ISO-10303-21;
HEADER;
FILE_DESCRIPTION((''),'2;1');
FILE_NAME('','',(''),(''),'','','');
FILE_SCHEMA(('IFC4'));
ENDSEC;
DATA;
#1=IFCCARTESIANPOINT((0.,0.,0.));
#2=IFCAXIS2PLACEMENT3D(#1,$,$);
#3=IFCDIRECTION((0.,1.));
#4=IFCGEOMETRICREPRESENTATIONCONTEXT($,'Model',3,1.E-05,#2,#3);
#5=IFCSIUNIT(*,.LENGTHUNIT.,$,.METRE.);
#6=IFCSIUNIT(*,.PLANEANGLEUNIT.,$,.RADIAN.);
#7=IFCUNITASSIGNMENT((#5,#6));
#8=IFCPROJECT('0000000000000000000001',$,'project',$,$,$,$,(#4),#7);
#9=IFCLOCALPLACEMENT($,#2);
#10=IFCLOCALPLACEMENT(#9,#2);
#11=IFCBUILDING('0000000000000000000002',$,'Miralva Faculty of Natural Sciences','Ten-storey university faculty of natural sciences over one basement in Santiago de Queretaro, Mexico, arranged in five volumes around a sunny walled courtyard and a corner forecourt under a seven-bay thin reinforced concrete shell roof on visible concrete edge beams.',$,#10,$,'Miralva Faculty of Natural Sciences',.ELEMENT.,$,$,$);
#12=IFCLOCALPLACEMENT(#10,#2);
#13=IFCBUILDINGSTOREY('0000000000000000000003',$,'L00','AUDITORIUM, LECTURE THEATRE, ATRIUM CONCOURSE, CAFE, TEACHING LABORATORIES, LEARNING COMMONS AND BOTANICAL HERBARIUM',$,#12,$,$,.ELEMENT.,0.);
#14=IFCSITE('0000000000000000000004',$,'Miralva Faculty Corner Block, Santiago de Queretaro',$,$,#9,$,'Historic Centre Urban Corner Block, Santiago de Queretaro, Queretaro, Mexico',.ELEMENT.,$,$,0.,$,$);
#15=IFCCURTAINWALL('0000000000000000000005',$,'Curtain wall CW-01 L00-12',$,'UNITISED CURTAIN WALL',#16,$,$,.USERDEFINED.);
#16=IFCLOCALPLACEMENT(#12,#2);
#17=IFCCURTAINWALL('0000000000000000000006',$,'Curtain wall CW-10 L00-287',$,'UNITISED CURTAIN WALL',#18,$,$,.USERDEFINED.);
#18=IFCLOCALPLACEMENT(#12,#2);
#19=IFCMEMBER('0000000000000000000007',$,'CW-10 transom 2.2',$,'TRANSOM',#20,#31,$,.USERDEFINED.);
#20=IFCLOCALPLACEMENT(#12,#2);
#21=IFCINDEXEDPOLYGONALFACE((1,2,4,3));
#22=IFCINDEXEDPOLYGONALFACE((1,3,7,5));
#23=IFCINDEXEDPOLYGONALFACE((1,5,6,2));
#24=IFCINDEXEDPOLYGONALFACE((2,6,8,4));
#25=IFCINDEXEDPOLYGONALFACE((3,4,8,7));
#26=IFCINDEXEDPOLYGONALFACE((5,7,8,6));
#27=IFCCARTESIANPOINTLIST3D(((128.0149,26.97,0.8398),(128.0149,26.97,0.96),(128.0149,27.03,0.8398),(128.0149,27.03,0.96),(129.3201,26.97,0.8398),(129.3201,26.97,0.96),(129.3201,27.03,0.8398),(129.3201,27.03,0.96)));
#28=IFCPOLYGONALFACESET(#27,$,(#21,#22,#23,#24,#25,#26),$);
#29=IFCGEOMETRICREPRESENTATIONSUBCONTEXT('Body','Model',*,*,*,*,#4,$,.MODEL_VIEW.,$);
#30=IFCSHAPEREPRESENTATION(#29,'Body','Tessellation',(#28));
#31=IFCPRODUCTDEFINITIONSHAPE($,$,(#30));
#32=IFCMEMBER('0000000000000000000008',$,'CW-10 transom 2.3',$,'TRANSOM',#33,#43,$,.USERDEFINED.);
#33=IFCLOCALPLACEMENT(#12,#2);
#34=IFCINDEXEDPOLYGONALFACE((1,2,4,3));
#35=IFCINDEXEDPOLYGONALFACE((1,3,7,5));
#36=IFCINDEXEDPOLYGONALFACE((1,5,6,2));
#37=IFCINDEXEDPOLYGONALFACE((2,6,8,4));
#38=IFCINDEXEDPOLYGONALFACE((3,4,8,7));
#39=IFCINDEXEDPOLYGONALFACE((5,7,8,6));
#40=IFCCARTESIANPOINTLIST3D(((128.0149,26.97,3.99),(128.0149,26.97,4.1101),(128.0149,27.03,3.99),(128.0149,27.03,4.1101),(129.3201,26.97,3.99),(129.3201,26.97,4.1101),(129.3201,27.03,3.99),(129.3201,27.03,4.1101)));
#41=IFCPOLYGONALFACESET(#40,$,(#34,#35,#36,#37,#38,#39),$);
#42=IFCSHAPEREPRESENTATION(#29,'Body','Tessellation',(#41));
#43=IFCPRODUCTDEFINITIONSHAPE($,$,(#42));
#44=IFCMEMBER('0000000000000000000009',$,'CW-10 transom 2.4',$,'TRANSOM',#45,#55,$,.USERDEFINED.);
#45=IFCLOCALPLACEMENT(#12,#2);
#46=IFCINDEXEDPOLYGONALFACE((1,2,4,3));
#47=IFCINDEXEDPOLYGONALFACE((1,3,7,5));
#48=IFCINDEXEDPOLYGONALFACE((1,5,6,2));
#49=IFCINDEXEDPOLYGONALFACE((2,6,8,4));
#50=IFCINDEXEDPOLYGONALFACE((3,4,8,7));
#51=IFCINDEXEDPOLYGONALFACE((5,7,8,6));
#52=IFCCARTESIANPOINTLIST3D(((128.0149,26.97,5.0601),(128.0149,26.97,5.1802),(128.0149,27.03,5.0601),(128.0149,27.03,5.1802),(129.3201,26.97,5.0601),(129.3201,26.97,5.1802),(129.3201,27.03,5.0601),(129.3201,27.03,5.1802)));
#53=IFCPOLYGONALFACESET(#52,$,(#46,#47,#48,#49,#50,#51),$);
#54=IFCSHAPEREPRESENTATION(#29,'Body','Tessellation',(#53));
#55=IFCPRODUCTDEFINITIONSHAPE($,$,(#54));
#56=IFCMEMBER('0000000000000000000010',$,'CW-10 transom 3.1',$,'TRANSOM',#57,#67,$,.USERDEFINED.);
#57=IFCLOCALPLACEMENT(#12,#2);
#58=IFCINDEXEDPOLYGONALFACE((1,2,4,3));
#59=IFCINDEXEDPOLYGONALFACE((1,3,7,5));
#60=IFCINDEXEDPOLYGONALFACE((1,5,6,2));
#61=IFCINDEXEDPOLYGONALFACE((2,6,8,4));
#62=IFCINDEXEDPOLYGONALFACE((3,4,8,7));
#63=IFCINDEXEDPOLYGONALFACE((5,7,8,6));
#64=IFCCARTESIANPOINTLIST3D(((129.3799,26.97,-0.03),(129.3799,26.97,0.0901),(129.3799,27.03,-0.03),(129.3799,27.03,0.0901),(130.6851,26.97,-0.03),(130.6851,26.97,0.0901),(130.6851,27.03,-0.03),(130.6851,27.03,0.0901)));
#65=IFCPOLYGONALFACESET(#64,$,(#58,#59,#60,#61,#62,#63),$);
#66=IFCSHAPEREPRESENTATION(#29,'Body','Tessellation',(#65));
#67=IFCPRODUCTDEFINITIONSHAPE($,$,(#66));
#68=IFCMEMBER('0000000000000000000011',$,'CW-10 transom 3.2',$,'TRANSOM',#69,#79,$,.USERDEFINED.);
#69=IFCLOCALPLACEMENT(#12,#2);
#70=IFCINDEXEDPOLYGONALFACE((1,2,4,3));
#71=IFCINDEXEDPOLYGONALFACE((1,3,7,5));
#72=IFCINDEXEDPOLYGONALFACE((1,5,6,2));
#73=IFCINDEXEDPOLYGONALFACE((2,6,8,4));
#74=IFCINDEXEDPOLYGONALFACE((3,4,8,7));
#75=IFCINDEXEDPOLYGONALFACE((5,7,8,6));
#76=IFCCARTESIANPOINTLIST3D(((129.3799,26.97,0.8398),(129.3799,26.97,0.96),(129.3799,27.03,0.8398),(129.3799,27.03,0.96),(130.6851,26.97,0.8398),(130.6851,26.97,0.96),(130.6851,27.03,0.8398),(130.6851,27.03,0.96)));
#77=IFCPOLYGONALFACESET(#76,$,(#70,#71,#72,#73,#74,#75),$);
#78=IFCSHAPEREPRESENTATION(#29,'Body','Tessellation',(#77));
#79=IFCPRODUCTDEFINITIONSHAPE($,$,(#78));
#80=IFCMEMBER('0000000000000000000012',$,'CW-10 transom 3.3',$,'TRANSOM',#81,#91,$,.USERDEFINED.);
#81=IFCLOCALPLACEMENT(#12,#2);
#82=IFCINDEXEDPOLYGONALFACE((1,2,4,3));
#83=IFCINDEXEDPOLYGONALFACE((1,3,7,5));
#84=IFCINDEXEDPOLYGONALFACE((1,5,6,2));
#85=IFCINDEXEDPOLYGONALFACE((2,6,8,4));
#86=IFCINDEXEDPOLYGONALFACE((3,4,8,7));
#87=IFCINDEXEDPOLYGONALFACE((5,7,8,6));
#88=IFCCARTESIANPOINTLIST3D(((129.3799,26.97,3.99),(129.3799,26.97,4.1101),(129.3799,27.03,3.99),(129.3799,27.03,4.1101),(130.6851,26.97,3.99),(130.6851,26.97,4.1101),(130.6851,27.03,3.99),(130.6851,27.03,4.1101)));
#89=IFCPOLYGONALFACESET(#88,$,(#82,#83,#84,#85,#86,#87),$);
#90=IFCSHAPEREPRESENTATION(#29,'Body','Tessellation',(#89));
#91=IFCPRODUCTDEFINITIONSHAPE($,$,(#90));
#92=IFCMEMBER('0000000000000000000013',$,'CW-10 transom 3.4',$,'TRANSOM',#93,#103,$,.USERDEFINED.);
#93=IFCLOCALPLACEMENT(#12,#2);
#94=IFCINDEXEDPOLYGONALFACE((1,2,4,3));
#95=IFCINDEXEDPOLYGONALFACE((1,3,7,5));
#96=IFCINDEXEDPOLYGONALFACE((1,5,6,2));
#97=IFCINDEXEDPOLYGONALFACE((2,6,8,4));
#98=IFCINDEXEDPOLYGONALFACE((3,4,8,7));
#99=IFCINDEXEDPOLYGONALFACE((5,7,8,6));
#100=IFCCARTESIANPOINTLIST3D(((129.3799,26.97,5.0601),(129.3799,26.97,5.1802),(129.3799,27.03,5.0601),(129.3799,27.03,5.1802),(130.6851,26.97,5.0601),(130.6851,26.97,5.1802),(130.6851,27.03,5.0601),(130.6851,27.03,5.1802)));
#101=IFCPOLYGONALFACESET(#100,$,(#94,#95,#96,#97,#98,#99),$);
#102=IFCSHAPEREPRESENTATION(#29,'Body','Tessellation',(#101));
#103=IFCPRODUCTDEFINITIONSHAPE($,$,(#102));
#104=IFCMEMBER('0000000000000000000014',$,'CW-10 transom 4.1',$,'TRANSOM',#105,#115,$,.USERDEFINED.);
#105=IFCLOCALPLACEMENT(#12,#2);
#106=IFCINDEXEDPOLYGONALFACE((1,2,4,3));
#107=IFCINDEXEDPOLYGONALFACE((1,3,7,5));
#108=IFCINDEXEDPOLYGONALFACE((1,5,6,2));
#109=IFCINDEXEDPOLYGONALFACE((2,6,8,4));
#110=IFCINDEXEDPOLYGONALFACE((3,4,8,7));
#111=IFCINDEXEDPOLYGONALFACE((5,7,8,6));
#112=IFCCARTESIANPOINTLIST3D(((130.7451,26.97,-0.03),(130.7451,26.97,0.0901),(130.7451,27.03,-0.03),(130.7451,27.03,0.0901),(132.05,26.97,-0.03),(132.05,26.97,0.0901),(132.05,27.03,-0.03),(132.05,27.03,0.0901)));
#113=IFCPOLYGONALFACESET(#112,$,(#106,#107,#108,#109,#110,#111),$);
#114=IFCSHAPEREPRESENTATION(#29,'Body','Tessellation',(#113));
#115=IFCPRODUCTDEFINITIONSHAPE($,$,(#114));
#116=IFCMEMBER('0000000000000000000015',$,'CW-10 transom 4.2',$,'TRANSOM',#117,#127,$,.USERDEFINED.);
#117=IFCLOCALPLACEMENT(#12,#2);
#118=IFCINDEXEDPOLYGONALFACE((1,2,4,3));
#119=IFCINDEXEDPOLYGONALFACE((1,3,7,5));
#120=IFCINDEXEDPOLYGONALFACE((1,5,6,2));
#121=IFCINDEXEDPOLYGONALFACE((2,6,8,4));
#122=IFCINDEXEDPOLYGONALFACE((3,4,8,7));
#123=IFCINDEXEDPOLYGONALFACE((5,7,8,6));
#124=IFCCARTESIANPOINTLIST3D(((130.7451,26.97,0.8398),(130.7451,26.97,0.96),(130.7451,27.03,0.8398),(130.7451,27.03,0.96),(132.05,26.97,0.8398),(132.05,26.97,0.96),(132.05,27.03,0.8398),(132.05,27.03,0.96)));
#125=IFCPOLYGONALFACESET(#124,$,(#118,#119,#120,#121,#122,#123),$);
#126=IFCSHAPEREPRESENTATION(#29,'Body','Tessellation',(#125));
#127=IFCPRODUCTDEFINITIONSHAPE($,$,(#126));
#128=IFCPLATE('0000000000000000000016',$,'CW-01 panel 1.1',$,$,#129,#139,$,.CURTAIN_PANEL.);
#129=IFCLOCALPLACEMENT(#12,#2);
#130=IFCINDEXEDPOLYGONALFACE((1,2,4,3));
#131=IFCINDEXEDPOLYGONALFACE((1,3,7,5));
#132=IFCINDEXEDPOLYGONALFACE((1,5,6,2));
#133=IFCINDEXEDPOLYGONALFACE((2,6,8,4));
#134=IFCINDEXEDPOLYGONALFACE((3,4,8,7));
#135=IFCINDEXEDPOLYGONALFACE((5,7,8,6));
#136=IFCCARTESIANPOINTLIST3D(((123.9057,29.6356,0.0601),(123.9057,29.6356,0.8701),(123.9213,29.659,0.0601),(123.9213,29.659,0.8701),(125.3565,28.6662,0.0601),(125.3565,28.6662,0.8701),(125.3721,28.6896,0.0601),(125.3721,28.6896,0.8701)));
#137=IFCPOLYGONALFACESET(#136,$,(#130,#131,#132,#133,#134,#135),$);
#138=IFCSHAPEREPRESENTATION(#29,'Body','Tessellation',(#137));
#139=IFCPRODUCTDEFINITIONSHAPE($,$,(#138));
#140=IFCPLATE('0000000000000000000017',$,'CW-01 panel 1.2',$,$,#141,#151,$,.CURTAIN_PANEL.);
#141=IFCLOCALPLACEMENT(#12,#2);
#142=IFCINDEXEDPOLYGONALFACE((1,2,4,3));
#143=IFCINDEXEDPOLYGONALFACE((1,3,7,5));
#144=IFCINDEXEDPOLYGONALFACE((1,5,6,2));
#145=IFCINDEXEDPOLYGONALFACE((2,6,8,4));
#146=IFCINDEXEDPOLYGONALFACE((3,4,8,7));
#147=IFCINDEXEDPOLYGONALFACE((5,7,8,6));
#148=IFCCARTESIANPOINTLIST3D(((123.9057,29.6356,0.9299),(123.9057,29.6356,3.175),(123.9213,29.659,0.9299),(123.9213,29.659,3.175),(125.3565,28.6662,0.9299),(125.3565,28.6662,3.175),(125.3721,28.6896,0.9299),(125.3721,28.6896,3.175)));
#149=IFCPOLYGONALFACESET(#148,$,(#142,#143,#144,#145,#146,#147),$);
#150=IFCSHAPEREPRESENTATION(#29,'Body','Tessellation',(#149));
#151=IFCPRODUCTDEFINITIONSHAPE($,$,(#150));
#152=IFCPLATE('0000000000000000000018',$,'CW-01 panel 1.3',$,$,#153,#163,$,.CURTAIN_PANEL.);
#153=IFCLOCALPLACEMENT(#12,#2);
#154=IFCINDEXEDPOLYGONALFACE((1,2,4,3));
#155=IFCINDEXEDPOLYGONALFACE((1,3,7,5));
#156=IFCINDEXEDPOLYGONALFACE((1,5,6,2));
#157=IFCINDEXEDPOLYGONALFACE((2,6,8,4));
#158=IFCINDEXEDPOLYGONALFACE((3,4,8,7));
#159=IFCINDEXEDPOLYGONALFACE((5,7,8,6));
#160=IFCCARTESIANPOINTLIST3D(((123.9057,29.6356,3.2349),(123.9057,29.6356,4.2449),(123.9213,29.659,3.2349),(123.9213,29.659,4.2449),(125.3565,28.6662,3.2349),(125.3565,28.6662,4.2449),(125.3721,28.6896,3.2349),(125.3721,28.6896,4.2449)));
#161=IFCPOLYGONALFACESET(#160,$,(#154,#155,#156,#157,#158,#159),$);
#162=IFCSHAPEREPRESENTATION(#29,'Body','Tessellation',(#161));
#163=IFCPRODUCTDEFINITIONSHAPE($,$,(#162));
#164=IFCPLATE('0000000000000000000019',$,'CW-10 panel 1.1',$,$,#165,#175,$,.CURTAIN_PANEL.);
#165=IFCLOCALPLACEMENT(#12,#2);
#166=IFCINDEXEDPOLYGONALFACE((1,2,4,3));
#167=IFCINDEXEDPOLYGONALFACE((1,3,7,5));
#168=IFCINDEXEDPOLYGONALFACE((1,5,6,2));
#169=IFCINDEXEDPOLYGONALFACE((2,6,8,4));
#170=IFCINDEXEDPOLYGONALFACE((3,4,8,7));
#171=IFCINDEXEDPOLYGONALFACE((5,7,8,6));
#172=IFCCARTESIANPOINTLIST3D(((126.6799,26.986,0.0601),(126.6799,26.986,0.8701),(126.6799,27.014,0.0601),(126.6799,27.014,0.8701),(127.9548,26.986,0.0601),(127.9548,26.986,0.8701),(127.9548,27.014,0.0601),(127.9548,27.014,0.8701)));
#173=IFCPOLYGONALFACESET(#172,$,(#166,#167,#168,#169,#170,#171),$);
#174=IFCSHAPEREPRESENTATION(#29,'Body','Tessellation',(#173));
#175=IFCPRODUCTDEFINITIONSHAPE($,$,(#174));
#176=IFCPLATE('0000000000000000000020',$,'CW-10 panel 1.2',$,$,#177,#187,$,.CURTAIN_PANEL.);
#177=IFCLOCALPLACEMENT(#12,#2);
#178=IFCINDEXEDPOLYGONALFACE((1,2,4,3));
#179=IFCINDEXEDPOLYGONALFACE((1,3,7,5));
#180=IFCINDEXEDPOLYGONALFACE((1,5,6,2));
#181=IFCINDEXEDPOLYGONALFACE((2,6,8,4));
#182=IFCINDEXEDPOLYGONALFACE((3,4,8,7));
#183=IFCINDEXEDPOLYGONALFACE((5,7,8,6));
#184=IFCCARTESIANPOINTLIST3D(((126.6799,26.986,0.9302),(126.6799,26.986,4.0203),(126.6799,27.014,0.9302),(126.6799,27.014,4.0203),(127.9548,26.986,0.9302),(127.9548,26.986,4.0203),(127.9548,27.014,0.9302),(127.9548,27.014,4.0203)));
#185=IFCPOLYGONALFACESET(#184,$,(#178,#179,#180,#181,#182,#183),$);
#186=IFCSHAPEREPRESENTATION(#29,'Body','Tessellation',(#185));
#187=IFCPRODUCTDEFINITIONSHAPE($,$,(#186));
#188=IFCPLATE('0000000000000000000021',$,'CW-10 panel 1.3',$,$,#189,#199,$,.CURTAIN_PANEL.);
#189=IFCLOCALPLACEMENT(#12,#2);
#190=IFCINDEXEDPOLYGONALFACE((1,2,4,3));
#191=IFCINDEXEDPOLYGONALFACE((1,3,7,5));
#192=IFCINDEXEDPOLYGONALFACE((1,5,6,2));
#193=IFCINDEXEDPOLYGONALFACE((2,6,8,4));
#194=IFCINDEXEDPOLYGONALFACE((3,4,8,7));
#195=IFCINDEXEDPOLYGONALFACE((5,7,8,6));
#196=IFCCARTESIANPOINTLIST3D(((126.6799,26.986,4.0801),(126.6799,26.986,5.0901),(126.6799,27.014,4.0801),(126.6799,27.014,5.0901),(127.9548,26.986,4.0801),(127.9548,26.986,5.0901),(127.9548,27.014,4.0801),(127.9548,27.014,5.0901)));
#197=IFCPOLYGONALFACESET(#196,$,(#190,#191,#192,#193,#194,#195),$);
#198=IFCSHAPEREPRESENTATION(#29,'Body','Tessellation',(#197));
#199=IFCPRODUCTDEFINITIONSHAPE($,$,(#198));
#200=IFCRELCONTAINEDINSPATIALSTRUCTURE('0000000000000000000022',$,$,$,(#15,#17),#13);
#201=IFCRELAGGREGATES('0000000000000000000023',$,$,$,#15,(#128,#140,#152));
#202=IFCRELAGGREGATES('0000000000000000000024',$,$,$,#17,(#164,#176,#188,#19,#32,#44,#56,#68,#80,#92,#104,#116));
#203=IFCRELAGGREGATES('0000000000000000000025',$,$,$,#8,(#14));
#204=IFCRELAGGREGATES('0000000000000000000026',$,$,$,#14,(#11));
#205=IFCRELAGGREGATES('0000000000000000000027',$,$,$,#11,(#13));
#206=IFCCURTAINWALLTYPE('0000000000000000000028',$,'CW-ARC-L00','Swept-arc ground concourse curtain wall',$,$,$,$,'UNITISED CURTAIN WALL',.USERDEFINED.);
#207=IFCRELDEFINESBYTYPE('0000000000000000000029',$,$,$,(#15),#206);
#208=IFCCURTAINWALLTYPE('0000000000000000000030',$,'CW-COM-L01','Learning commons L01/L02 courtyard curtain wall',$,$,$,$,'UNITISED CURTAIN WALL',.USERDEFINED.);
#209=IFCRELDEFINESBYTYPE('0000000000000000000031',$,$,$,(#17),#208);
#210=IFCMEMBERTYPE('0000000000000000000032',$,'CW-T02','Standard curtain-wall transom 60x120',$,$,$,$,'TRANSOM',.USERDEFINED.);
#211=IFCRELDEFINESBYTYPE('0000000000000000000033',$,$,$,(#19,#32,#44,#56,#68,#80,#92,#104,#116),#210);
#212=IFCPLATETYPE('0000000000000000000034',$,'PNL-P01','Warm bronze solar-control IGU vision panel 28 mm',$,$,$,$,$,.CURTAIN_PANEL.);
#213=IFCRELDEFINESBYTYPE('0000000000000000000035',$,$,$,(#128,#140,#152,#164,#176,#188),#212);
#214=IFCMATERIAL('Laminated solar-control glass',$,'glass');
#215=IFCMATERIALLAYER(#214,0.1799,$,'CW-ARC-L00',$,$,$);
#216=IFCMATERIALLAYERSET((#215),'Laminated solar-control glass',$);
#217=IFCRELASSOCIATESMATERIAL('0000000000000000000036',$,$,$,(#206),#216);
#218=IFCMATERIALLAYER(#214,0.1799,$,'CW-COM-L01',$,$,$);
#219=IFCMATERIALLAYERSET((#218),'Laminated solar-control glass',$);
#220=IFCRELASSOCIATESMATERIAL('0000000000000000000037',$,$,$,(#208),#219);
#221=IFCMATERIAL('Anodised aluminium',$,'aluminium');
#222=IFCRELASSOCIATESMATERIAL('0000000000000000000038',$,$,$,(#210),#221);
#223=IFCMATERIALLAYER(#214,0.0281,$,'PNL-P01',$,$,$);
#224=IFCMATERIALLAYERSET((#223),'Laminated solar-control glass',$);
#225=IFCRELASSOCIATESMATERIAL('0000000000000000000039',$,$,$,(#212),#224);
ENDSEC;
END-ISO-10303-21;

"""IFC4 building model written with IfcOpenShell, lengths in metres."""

from ifc_helpers import new_model, si_unit, direction, frame, origin, origin_2d, place, context, subcontext, project, spatial, rectangle, extrude, material, layer, layer_set, material_profile, profile_set, type_object, element, aggregate, save


model = new_model("IFC4")

# Units and contexts
model_context = context("Model", 3, precision=1e-05, world=origin(), true_north=direction((0.0, 1.0)))
body_context = subcontext(model_context, "Body", "Model", "MODEL_VIEW")
ifc_project = project(units=[si_unit("LENGTHUNIT", "METRE"), si_unit("PLANEANGLEUNIT", "RADIAN")], contexts=[model_context])

# Site, building, storey
site_placement = place(None, origin())
site = spatial("IfcSite", under=ifc_project, at=site_placement, Name="Miralva Faculty Corner Block, Santiago de Queretaro", LongName="Historic Centre Urban Corner Block, Santiago de Queretaro, Queretaro, Mexico", CompositionType="ELEMENT", RefElevation=0.0)
building_placement = place(site_placement, origin())
building = spatial("IfcBuilding", under=site, at=building_placement, Name="Miralva Faculty of Natural Sciences", Description="Ten-storey university faculty of natural sciences over one basement in Santiago de Queretaro, Mexico, arranged in five volumes around a sunny walled courtyard and a corner forecourt under a seven-bay thin reinforced concrete shell roof on visible concrete edge beams.", LongName="Miralva Faculty of Natural Sciences", CompositionType="ELEMENT")
storey_placement = place(building_placement, origin())
storey = spatial("IfcBuildingStorey", under=building, at=storey_placement, Name="L00", Description="AUDITORIUM, LECTURE THEATRE, ATRIUM CONCOURSE, CAFE, TEACHING LABORATORIES, LEARNING COMMONS AND BOTANICAL HERBARIUM", CompositionType="ELEMENT", Elevation=0.0)

# Curtain wall
ifc_material_1 = material(Name="Laminated solar-control glass", Category="glass")
ifc_layer_1 = layer(ifc_material_1, 0.1799, Name="CW-ARC-L00")
ifc_layer_set_1 = layer_set([ifc_layer_1], Name="Laminated solar-control glass")
curtain_wall_type_1 = type_object("IfcCurtainWallType", Name="CW-ARC-L00", Description="Swept-arc ground concourse curtain wall", ElementType="UNITISED CURTAIN WALL", PredefinedType="USERDEFINED", material=ifc_layer_set_1)
curtain_wall_1_placement = place(storey_placement, origin())
curtain_wall_1 = element("IfcCurtainWall", 1, at=curtain_wall_1_placement, inside=storey, type_object=curtain_wall_type_1, Name="Curtain wall CW-01 L00-12", ObjectType="UNITISED CURTAIN WALL", PredefinedType="USERDEFINED")
ifc_material_2 = material(Name="Anodised aluminium", Category="aluminium")

# Curtain wall, members
ifc_layer_2 = layer(ifc_material_1, 0.1799, Name="CW-COM-L01")
ifc_layer_set_2 = layer_set([ifc_layer_2], Name="Laminated solar-control glass")
curtain_wall_type_2 = type_object("IfcCurtainWallType", Name="CW-COM-L01", Description="Learning commons L01/L02 courtyard curtain wall", ElementType="UNITISED CURTAIN WALL", PredefinedType="USERDEFINED", material=ifc_layer_set_2)
curtain_wall_2_placement = place(storey_placement, origin())
curtain_wall_2 = element("IfcCurtainWall", 2, at=curtain_wall_2_placement, inside=storey, type_object=curtain_wall_type_2, Name="Curtain wall CW-10 L00-287", ObjectType="UNITISED CURTAIN WALL", PredefinedType="USERDEFINED")
ifc_material_profile_1 = material_profile(ifc_material_2, rectangle(XDim=0.0601, YDim=0.1201, at=origin_2d()), Name="TRANSOM 60x120")
ifc_profile_set_1 = profile_set([ifc_material_profile_1], Name="Anodised aluminium")
member_type_1 = type_object("IfcMemberType", Name="CW-T02", Description="Standard curtain-wall transom 60x120", ElementType="TRANSOM", PredefinedType="USERDEFINED", material=ifc_profile_set_1)
member_1_placement = place(storey_placement, frame((128.0149, 27.0, 0.8999), z_axis=(1.0, 0.0, 0.0), x_axis=(0.0, 1.0, 0.0)))
member_1 = element("IfcMember", 3, at=member_1_placement, type_object=member_type_1, Name="CW-10 transom 2.2", ObjectType="TRANSOM", PredefinedType="USERDEFINED", context=body_context, shape_type="SweptSolid", body=[
    extrude(rectangle(XDim=0.0601, YDim=0.1201, at=origin_2d()), origin(), (0.0, 0.0, 1.0), 1.3052),
])
member_2_placement = place(storey_placement, frame((128.0149, 27.0, 4.05), z_axis=(1.0, 0.0, 0.0), x_axis=(0.0, 1.0, 0.0)))
member_2 = element("IfcMember", 4, at=member_2_placement, type_object=member_type_1, Name="CW-10 transom 2.3", ObjectType="TRANSOM", PredefinedType="USERDEFINED", context=body_context, shape_type="SweptSolid", body=[
    extrude(rectangle(XDim=0.0601, YDim=0.1201, at=origin_2d()), origin(), (0.0, 0.0, 1.0), 1.3052),
])
member_3_placement = place(storey_placement, frame((128.0149, 27.0, 5.1201), z_axis=(1.0, 0.0, 0.0), x_axis=(0.0, 1.0, 0.0)))
member_3 = element("IfcMember", 5, at=member_3_placement, type_object=member_type_1, Name="CW-10 transom 2.4", ObjectType="TRANSOM", PredefinedType="USERDEFINED", context=body_context, shape_type="SweptSolid", body=[
    extrude(rectangle(XDim=0.0601, YDim=0.1201, at=origin_2d()), origin(), (0.0, 0.0, 1.0), 1.3052),
])
member_4_placement = place(storey_placement, frame((129.3799, 27.0, 0.03), z_axis=(1.0, 0.0, 0.0), x_axis=(0.0, 1.0, 0.0)))
member_4 = element("IfcMember", 6, at=member_4_placement, type_object=member_type_1, Name="CW-10 transom 3.1", ObjectType="TRANSOM", PredefinedType="USERDEFINED", context=body_context, shape_type="SweptSolid", body=[
    extrude(rectangle(XDim=0.0601, YDim=0.1201, at=origin_2d()), origin(), (0.0, 0.0, 1.0), 1.3052),
])
member_5_placement = place(storey_placement, frame((129.3799, 27.0, 0.8999), z_axis=(1.0, 0.0, 0.0), x_axis=(0.0, 1.0, 0.0)))
member_5 = element("IfcMember", 7, at=member_5_placement, type_object=member_type_1, Name="CW-10 transom 3.2", ObjectType="TRANSOM", PredefinedType="USERDEFINED", context=body_context, shape_type="SweptSolid", body=[
    extrude(rectangle(XDim=0.0601, YDim=0.1201, at=origin_2d()), origin(), (0.0, 0.0, 1.0), 1.3052),
])
member_6_placement = place(storey_placement, frame((129.3799, 27.0, 4.05), z_axis=(1.0, 0.0, 0.0), x_axis=(0.0, 1.0, 0.0)))
member_6 = element("IfcMember", 8, at=member_6_placement, type_object=member_type_1, Name="CW-10 transom 3.3", ObjectType="TRANSOM", PredefinedType="USERDEFINED", context=body_context, shape_type="SweptSolid", body=[
    extrude(rectangle(XDim=0.0601, YDim=0.1201, at=origin_2d()), origin(), (0.0, 0.0, 1.0), 1.3052),
])
member_7_placement = place(storey_placement, frame((129.3799, 27.0, 5.1201), z_axis=(1.0, 0.0, 0.0), x_axis=(0.0, 1.0, 0.0)))
member_7 = element("IfcMember", 9, at=member_7_placement, type_object=member_type_1, Name="CW-10 transom 3.4", ObjectType="TRANSOM", PredefinedType="USERDEFINED", context=body_context, shape_type="SweptSolid", body=[
    extrude(rectangle(XDim=0.0601, YDim=0.1201, at=origin_2d()), origin(), (0.0, 0.0, 1.0), 1.3052),
])
member_8_placement = place(storey_placement, frame((130.7451, 27.0, 0.03), z_axis=(1.0, 0.0, 0.0), x_axis=(0.0, 1.0, 0.0)))
member_8 = element("IfcMember", 10, at=member_8_placement, type_object=member_type_1, Name="CW-10 transom 4.1", ObjectType="TRANSOM", PredefinedType="USERDEFINED", context=body_context, shape_type="SweptSolid", body=[
    extrude(rectangle(XDim=0.0601, YDim=0.1201, at=origin_2d()), origin(), (0.0, 0.0, 1.0), 1.3049),
])
member_9_placement = place(storey_placement, frame((130.7451, 27.0, 0.8999), z_axis=(1.0, 0.0, 0.0), x_axis=(0.0, 1.0, 0.0)))
member_9 = element("IfcMember", 11, at=member_9_placement, type_object=member_type_1, Name="CW-10 transom 4.2", ObjectType="TRANSOM", PredefinedType="USERDEFINED", context=body_context, shape_type="SweptSolid", body=[
    extrude(rectangle(XDim=0.0601, YDim=0.1201, at=origin_2d()), origin(), (0.0, 0.0, 1.0), 1.3049),
])

# Plates
ifc_layer_3 = layer(ifc_material_1, 0.0281, Name="PNL-P01")
ifc_layer_set_3 = layer_set([ifc_layer_3], Name="Laminated solar-control glass")
plate_type = type_object("IfcPlateType", Name="PNL-P01", Description="Warm bronze solar-control IGU vision panel 28 mm", PredefinedType="CURTAIN_PANEL", material=ifc_layer_set_3)
plate_1_placement = place(storey_placement, frame((124.6389, 29.1626, 0.0601), z_axis=(0.0, 0.0, 1.0), x_axis=(0.831475, -0.555562, 0.0)))
plate_1 = element("IfcPlate", 12, at=plate_1_placement, type_object=plate_type, Name="CW-01 panel 1.1", PredefinedType="CURTAIN_PANEL", context=body_context, shape_type="SweptSolid", body=[
    extrude(rectangle(XDim=1.7449, YDim=0.0281, at=origin_2d()), origin(), (0.0, 0.0, 1.0), 0.8101),
])
plate_2_placement = place(storey_placement, frame((124.6389, 29.1626, 0.9299), z_axis=(0.0, 0.0, 1.0), x_axis=(0.831475, -0.555562, 0.0)))
plate_2 = element("IfcPlate", 13, at=plate_2_placement, type_object=plate_type, Name="CW-01 panel 1.2", PredefinedType="CURTAIN_PANEL", context=body_context, shape_type="SweptSolid", body=[
    extrude(rectangle(XDim=1.7449, YDim=0.0281, at=origin_2d()), origin(), (0.0, 0.0, 1.0), 2.2451),
])
plate_3_placement = place(storey_placement, frame((124.6389, 29.1626, 3.2349), z_axis=(0.0, 0.0, 1.0), x_axis=(0.831475, -0.555562, 0.0)))
plate_3 = element("IfcPlate", 14, at=plate_3_placement, type_object=plate_type, Name="CW-01 panel 1.3", PredefinedType="CURTAIN_PANEL", context=body_context, shape_type="SweptSolid", body=[
    extrude(rectangle(XDim=1.7449, YDim=0.0281, at=origin_2d()), origin(), (0.0, 0.0, 1.0), 1.01),
])
aggregate(curtain_wall_1, [plate_1, plate_2, plate_3])
plate_4_placement = place(storey_placement, frame((127.3174, 27.0, 0.0601), z_axis=(0.0, 0.0, 1.0), x_axis=(1.0, 0.0, 0.0)))
plate_4 = element("IfcPlate", 15, at=plate_4_placement, type_object=plate_type, Name="CW-10 panel 1.1", PredefinedType="CURTAIN_PANEL", context=body_context, shape_type="SweptSolid", body=[
    extrude(rectangle(XDim=1.2749, YDim=0.0281, at=origin_2d()), origin(), (0.0, 0.0, 1.0), 0.8101),
])
plate_5_placement = place(storey_placement, frame((127.3174, 27.0, 0.9302), z_axis=(0.0, 0.0, 1.0), x_axis=(1.0, 0.0, 0.0)))
plate_5 = element("IfcPlate", 16, at=plate_5_placement, type_object=plate_type, Name="CW-10 panel 1.2", PredefinedType="CURTAIN_PANEL", context=body_context, shape_type="SweptSolid", body=[
    extrude(rectangle(XDim=1.2749, YDim=0.0281, at=origin_2d()), origin(), (0.0, 0.0, 1.0), 3.0901),
])
plate_6_placement = place(storey_placement, frame((127.3174, 27.0, 4.0801), z_axis=(0.0, 0.0, 1.0), x_axis=(1.0, 0.0, 0.0)))
plate_6 = element("IfcPlate", 17, at=plate_6_placement, type_object=plate_type, Name="CW-10 panel 1.3", PredefinedType="CURTAIN_PANEL", context=body_context, shape_type="SweptSolid", body=[
    extrude(rectangle(XDim=1.2749, YDim=0.0281, at=origin_2d()), origin(), (0.0, 0.0, 1.0), 1.01),
])
aggregate(curtain_wall_2, [plate_4, plate_5, plate_6, member_1, member_2, member_3, member_4, member_5, member_6, member_7, member_8, member_9])

save(model, "model.ifc")
